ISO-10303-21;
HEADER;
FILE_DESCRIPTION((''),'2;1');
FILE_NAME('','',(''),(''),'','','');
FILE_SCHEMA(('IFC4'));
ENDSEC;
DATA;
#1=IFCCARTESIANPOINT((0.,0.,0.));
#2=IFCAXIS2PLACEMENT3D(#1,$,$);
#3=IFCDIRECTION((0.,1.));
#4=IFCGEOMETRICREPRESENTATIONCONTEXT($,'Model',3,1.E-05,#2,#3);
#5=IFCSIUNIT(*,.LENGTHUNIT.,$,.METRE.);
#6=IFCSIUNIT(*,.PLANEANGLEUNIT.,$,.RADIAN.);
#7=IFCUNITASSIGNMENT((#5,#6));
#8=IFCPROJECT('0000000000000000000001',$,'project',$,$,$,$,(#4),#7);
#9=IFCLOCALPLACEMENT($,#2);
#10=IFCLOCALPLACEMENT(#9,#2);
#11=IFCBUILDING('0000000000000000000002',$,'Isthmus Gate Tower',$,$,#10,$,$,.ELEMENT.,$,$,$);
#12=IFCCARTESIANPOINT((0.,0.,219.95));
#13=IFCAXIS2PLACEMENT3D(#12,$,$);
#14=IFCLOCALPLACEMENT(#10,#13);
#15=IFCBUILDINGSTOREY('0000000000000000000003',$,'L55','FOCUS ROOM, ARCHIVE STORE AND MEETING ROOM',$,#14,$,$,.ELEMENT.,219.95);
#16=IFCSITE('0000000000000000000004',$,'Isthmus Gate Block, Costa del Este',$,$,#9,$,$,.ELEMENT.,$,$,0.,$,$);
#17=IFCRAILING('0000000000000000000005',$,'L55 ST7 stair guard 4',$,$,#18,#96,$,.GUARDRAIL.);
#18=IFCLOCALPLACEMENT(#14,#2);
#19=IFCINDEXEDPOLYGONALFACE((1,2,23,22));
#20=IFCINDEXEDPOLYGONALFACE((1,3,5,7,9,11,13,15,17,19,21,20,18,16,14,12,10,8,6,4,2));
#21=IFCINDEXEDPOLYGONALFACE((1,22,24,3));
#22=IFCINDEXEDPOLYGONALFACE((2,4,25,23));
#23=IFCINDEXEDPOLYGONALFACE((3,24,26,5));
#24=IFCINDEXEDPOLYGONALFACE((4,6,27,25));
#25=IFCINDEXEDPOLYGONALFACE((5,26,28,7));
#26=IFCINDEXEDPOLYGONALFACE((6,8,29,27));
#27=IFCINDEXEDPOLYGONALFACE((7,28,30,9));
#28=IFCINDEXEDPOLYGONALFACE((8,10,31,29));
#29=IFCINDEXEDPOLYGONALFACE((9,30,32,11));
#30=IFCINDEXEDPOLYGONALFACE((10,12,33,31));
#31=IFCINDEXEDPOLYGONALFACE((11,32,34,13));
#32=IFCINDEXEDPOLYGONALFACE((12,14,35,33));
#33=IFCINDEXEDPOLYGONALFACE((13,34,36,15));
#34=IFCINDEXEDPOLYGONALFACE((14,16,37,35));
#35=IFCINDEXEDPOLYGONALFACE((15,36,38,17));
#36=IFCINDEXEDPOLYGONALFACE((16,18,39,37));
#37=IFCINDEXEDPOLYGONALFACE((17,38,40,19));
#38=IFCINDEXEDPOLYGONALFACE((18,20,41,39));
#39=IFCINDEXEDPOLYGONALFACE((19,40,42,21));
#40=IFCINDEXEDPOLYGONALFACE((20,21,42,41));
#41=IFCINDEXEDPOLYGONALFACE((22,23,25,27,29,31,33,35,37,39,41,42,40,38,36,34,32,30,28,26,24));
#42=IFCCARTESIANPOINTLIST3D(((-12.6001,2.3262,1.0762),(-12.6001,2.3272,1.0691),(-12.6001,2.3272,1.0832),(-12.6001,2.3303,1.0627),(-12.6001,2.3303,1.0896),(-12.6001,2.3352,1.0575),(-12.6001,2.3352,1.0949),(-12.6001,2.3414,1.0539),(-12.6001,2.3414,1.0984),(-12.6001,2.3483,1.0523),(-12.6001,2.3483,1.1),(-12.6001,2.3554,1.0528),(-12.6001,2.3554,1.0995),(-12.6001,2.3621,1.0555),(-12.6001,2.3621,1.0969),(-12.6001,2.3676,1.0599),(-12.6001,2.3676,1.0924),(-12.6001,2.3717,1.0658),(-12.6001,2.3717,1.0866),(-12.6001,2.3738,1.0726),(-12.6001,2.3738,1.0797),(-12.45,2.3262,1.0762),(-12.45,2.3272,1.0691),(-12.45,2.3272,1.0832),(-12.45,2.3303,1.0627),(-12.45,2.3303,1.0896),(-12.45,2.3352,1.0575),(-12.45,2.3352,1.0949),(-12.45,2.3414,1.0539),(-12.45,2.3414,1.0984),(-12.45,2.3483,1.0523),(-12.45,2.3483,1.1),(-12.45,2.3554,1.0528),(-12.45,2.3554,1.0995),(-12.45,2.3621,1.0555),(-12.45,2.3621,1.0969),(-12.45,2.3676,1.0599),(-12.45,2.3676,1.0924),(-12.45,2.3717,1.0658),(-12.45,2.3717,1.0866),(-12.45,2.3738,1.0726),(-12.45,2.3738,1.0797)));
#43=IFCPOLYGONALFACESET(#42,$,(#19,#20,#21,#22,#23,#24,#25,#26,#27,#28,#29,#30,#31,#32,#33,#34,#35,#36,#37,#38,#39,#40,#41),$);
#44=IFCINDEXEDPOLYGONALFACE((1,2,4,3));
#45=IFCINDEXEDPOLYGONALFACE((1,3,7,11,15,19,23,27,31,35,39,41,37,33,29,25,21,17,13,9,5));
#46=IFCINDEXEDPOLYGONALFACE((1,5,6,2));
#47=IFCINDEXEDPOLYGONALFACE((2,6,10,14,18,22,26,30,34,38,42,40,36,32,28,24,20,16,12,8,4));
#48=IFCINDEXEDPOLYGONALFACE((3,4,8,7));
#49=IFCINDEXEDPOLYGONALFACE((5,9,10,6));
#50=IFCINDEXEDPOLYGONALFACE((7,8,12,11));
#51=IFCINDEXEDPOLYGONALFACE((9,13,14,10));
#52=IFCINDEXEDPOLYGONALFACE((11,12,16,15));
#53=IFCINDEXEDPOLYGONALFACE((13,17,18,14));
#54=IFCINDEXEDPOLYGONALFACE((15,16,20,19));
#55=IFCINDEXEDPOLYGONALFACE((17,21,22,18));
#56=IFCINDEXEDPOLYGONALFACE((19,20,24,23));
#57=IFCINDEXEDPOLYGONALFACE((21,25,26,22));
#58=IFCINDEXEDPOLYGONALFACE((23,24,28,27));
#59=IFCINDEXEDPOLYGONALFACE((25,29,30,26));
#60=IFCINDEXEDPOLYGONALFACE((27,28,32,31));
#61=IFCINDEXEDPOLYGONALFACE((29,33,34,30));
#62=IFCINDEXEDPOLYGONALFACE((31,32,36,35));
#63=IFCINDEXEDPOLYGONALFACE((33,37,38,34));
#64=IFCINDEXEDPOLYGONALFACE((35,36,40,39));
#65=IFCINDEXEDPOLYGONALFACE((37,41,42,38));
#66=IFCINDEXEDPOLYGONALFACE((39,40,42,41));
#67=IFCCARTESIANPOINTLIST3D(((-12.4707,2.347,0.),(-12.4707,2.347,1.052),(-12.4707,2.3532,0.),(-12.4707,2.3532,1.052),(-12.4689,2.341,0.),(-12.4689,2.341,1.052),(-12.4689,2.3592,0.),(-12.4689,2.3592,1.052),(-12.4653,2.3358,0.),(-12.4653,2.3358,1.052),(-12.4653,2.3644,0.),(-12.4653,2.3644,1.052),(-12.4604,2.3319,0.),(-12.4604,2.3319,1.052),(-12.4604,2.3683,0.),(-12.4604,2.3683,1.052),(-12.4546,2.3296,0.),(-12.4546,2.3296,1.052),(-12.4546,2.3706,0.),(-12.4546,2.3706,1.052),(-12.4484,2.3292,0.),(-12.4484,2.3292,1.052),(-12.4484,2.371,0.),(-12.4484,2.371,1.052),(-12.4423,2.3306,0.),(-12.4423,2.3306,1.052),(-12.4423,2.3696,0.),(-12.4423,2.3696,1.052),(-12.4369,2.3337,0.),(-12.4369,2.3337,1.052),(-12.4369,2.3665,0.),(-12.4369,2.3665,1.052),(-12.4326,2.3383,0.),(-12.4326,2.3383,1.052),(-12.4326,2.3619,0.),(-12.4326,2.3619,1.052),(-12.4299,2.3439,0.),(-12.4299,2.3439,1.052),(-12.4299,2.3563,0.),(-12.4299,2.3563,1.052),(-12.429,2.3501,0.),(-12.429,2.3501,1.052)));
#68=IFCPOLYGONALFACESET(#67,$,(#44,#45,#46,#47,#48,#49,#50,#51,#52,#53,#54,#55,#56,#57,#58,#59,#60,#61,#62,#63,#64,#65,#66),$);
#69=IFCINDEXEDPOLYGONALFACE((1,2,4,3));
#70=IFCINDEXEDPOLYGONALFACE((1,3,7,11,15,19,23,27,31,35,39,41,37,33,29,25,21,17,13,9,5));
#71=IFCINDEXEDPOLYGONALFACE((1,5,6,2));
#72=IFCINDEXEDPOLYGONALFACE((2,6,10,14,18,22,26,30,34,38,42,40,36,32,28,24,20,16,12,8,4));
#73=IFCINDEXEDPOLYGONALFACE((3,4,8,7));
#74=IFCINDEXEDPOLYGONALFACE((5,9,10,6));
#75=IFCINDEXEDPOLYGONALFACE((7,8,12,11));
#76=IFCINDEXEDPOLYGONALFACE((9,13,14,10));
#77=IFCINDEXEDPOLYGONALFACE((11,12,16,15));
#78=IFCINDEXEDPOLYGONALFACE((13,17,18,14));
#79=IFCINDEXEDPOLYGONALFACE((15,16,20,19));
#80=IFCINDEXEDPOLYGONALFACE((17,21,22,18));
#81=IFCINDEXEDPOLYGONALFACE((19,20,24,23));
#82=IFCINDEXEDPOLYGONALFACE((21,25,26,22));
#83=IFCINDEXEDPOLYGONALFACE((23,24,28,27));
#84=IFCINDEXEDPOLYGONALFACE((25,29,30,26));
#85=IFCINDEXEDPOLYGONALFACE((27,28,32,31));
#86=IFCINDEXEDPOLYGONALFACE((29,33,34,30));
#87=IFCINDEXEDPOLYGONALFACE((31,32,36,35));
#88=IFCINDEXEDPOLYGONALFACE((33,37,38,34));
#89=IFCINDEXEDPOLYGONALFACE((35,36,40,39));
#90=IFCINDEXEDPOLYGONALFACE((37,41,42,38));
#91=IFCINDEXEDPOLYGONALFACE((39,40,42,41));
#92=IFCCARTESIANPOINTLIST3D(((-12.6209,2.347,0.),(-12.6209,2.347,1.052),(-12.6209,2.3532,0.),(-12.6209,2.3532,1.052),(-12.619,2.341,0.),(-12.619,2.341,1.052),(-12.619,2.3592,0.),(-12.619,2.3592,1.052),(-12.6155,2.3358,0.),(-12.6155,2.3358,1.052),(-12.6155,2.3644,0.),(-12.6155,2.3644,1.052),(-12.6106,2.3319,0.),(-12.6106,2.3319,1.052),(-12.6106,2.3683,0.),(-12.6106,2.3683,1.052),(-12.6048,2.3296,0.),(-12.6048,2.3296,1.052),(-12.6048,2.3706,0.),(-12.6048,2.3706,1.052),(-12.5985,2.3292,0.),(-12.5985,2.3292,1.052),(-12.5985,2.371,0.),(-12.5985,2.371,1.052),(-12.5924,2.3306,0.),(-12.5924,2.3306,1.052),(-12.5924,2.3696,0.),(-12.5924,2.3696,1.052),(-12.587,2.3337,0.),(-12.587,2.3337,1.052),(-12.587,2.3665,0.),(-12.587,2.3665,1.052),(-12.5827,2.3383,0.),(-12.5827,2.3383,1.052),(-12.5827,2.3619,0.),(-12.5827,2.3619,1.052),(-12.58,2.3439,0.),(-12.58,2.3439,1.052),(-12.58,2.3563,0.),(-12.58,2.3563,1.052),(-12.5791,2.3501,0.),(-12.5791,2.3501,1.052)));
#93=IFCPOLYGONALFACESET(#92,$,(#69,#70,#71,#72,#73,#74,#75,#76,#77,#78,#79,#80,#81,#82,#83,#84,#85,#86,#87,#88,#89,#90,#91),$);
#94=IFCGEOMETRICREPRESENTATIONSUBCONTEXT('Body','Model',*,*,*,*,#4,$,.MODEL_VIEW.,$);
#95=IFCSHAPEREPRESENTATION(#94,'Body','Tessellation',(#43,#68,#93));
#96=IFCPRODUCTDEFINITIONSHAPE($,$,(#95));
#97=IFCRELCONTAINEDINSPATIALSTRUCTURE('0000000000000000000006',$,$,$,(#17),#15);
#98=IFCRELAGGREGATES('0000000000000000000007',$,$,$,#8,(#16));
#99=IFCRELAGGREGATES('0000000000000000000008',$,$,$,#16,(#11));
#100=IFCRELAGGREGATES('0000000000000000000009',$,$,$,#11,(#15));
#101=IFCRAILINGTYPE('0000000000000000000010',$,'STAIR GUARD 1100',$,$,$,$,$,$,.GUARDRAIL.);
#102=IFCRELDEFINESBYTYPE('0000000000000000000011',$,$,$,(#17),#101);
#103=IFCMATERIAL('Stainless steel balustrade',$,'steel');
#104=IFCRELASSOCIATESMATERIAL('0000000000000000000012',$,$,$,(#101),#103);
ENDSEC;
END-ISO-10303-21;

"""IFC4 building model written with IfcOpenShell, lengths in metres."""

from ifc_helpers import new_model, si_unit, direction, frame, origin, origin_2d, place, context, subcontext, project, spatial, circle, extrude, material, type_object, element, save


model = new_model("IFC4")

# Units and contexts
model_context = context("Model", 3, precision=1e-05, world=origin(), true_north=direction((0.0, 1.0)))
body_context = subcontext(model_context, "Body", "Model", "MODEL_VIEW")
ifc_project = project(units=[si_unit("LENGTHUNIT", "METRE"), si_unit("PLANEANGLEUNIT", "RADIAN")], contexts=[model_context])

# Site, building, storey
site_placement = place(None, origin())
site = spatial("IfcSite", under=ifc_project, at=site_placement, Name="Isthmus Gate Block, Costa del Este", CompositionType="ELEMENT", RefElevation=0.0)
building_placement = place(site_placement, origin())
building = spatial("IfcBuilding", under=site, at=building_placement, Name="Isthmus Gate Tower", CompositionType="ELEMENT")
storey_placement = place(building_placement, frame((0.0, 0.0, 219.95)))
storey = spatial("IfcBuildingStorey", under=building, at=storey_placement, Name="L55", Description="FOCUS ROOM, ARCHIVE STORE AND MEETING ROOM", CompositionType="ELEMENT", Elevation=219.95)

# Railing
ifc_material_1 = material(Name="Stainless steel balustrade", Category="steel")
railing_type = type_object("IfcRailingType", Name="STAIR GUARD 1100", PredefinedType="GUARDRAIL", material=ifc_material_1)
railing_1_placement = place(storey_placement, frame((-12.45, 2.3501, 0.0)))
element("IfcRailing", 1, at=railing_1_placement, inside=storey, type_object=railing_type, Name="L55 ST7 stair guard 4", PredefinedType="GUARDRAIL", context=body_context, shape_type="SweptSolid", body=[
    extrude(circle(Radius=0.0239, at=origin_2d()), frame((0.0, 0.0, 1.0762), z_axis=(-1.0, 0.0, 0.0), x_axis=(0.0, -1.0, 0.0)), (0.0, 0.0, 1.0), 0.1501),
    extrude(circle(Radius=0.021, at=origin_2d()), origin(), (0.0, 0.0, 1.0), 1.052),
    extrude(circle(Radius=0.021, at=origin_2d()), frame((-0.1501, 0.0, 0.0)), (0.0, 0.0, 1.0), 1.052),
])

save(model, "model.ifc")
